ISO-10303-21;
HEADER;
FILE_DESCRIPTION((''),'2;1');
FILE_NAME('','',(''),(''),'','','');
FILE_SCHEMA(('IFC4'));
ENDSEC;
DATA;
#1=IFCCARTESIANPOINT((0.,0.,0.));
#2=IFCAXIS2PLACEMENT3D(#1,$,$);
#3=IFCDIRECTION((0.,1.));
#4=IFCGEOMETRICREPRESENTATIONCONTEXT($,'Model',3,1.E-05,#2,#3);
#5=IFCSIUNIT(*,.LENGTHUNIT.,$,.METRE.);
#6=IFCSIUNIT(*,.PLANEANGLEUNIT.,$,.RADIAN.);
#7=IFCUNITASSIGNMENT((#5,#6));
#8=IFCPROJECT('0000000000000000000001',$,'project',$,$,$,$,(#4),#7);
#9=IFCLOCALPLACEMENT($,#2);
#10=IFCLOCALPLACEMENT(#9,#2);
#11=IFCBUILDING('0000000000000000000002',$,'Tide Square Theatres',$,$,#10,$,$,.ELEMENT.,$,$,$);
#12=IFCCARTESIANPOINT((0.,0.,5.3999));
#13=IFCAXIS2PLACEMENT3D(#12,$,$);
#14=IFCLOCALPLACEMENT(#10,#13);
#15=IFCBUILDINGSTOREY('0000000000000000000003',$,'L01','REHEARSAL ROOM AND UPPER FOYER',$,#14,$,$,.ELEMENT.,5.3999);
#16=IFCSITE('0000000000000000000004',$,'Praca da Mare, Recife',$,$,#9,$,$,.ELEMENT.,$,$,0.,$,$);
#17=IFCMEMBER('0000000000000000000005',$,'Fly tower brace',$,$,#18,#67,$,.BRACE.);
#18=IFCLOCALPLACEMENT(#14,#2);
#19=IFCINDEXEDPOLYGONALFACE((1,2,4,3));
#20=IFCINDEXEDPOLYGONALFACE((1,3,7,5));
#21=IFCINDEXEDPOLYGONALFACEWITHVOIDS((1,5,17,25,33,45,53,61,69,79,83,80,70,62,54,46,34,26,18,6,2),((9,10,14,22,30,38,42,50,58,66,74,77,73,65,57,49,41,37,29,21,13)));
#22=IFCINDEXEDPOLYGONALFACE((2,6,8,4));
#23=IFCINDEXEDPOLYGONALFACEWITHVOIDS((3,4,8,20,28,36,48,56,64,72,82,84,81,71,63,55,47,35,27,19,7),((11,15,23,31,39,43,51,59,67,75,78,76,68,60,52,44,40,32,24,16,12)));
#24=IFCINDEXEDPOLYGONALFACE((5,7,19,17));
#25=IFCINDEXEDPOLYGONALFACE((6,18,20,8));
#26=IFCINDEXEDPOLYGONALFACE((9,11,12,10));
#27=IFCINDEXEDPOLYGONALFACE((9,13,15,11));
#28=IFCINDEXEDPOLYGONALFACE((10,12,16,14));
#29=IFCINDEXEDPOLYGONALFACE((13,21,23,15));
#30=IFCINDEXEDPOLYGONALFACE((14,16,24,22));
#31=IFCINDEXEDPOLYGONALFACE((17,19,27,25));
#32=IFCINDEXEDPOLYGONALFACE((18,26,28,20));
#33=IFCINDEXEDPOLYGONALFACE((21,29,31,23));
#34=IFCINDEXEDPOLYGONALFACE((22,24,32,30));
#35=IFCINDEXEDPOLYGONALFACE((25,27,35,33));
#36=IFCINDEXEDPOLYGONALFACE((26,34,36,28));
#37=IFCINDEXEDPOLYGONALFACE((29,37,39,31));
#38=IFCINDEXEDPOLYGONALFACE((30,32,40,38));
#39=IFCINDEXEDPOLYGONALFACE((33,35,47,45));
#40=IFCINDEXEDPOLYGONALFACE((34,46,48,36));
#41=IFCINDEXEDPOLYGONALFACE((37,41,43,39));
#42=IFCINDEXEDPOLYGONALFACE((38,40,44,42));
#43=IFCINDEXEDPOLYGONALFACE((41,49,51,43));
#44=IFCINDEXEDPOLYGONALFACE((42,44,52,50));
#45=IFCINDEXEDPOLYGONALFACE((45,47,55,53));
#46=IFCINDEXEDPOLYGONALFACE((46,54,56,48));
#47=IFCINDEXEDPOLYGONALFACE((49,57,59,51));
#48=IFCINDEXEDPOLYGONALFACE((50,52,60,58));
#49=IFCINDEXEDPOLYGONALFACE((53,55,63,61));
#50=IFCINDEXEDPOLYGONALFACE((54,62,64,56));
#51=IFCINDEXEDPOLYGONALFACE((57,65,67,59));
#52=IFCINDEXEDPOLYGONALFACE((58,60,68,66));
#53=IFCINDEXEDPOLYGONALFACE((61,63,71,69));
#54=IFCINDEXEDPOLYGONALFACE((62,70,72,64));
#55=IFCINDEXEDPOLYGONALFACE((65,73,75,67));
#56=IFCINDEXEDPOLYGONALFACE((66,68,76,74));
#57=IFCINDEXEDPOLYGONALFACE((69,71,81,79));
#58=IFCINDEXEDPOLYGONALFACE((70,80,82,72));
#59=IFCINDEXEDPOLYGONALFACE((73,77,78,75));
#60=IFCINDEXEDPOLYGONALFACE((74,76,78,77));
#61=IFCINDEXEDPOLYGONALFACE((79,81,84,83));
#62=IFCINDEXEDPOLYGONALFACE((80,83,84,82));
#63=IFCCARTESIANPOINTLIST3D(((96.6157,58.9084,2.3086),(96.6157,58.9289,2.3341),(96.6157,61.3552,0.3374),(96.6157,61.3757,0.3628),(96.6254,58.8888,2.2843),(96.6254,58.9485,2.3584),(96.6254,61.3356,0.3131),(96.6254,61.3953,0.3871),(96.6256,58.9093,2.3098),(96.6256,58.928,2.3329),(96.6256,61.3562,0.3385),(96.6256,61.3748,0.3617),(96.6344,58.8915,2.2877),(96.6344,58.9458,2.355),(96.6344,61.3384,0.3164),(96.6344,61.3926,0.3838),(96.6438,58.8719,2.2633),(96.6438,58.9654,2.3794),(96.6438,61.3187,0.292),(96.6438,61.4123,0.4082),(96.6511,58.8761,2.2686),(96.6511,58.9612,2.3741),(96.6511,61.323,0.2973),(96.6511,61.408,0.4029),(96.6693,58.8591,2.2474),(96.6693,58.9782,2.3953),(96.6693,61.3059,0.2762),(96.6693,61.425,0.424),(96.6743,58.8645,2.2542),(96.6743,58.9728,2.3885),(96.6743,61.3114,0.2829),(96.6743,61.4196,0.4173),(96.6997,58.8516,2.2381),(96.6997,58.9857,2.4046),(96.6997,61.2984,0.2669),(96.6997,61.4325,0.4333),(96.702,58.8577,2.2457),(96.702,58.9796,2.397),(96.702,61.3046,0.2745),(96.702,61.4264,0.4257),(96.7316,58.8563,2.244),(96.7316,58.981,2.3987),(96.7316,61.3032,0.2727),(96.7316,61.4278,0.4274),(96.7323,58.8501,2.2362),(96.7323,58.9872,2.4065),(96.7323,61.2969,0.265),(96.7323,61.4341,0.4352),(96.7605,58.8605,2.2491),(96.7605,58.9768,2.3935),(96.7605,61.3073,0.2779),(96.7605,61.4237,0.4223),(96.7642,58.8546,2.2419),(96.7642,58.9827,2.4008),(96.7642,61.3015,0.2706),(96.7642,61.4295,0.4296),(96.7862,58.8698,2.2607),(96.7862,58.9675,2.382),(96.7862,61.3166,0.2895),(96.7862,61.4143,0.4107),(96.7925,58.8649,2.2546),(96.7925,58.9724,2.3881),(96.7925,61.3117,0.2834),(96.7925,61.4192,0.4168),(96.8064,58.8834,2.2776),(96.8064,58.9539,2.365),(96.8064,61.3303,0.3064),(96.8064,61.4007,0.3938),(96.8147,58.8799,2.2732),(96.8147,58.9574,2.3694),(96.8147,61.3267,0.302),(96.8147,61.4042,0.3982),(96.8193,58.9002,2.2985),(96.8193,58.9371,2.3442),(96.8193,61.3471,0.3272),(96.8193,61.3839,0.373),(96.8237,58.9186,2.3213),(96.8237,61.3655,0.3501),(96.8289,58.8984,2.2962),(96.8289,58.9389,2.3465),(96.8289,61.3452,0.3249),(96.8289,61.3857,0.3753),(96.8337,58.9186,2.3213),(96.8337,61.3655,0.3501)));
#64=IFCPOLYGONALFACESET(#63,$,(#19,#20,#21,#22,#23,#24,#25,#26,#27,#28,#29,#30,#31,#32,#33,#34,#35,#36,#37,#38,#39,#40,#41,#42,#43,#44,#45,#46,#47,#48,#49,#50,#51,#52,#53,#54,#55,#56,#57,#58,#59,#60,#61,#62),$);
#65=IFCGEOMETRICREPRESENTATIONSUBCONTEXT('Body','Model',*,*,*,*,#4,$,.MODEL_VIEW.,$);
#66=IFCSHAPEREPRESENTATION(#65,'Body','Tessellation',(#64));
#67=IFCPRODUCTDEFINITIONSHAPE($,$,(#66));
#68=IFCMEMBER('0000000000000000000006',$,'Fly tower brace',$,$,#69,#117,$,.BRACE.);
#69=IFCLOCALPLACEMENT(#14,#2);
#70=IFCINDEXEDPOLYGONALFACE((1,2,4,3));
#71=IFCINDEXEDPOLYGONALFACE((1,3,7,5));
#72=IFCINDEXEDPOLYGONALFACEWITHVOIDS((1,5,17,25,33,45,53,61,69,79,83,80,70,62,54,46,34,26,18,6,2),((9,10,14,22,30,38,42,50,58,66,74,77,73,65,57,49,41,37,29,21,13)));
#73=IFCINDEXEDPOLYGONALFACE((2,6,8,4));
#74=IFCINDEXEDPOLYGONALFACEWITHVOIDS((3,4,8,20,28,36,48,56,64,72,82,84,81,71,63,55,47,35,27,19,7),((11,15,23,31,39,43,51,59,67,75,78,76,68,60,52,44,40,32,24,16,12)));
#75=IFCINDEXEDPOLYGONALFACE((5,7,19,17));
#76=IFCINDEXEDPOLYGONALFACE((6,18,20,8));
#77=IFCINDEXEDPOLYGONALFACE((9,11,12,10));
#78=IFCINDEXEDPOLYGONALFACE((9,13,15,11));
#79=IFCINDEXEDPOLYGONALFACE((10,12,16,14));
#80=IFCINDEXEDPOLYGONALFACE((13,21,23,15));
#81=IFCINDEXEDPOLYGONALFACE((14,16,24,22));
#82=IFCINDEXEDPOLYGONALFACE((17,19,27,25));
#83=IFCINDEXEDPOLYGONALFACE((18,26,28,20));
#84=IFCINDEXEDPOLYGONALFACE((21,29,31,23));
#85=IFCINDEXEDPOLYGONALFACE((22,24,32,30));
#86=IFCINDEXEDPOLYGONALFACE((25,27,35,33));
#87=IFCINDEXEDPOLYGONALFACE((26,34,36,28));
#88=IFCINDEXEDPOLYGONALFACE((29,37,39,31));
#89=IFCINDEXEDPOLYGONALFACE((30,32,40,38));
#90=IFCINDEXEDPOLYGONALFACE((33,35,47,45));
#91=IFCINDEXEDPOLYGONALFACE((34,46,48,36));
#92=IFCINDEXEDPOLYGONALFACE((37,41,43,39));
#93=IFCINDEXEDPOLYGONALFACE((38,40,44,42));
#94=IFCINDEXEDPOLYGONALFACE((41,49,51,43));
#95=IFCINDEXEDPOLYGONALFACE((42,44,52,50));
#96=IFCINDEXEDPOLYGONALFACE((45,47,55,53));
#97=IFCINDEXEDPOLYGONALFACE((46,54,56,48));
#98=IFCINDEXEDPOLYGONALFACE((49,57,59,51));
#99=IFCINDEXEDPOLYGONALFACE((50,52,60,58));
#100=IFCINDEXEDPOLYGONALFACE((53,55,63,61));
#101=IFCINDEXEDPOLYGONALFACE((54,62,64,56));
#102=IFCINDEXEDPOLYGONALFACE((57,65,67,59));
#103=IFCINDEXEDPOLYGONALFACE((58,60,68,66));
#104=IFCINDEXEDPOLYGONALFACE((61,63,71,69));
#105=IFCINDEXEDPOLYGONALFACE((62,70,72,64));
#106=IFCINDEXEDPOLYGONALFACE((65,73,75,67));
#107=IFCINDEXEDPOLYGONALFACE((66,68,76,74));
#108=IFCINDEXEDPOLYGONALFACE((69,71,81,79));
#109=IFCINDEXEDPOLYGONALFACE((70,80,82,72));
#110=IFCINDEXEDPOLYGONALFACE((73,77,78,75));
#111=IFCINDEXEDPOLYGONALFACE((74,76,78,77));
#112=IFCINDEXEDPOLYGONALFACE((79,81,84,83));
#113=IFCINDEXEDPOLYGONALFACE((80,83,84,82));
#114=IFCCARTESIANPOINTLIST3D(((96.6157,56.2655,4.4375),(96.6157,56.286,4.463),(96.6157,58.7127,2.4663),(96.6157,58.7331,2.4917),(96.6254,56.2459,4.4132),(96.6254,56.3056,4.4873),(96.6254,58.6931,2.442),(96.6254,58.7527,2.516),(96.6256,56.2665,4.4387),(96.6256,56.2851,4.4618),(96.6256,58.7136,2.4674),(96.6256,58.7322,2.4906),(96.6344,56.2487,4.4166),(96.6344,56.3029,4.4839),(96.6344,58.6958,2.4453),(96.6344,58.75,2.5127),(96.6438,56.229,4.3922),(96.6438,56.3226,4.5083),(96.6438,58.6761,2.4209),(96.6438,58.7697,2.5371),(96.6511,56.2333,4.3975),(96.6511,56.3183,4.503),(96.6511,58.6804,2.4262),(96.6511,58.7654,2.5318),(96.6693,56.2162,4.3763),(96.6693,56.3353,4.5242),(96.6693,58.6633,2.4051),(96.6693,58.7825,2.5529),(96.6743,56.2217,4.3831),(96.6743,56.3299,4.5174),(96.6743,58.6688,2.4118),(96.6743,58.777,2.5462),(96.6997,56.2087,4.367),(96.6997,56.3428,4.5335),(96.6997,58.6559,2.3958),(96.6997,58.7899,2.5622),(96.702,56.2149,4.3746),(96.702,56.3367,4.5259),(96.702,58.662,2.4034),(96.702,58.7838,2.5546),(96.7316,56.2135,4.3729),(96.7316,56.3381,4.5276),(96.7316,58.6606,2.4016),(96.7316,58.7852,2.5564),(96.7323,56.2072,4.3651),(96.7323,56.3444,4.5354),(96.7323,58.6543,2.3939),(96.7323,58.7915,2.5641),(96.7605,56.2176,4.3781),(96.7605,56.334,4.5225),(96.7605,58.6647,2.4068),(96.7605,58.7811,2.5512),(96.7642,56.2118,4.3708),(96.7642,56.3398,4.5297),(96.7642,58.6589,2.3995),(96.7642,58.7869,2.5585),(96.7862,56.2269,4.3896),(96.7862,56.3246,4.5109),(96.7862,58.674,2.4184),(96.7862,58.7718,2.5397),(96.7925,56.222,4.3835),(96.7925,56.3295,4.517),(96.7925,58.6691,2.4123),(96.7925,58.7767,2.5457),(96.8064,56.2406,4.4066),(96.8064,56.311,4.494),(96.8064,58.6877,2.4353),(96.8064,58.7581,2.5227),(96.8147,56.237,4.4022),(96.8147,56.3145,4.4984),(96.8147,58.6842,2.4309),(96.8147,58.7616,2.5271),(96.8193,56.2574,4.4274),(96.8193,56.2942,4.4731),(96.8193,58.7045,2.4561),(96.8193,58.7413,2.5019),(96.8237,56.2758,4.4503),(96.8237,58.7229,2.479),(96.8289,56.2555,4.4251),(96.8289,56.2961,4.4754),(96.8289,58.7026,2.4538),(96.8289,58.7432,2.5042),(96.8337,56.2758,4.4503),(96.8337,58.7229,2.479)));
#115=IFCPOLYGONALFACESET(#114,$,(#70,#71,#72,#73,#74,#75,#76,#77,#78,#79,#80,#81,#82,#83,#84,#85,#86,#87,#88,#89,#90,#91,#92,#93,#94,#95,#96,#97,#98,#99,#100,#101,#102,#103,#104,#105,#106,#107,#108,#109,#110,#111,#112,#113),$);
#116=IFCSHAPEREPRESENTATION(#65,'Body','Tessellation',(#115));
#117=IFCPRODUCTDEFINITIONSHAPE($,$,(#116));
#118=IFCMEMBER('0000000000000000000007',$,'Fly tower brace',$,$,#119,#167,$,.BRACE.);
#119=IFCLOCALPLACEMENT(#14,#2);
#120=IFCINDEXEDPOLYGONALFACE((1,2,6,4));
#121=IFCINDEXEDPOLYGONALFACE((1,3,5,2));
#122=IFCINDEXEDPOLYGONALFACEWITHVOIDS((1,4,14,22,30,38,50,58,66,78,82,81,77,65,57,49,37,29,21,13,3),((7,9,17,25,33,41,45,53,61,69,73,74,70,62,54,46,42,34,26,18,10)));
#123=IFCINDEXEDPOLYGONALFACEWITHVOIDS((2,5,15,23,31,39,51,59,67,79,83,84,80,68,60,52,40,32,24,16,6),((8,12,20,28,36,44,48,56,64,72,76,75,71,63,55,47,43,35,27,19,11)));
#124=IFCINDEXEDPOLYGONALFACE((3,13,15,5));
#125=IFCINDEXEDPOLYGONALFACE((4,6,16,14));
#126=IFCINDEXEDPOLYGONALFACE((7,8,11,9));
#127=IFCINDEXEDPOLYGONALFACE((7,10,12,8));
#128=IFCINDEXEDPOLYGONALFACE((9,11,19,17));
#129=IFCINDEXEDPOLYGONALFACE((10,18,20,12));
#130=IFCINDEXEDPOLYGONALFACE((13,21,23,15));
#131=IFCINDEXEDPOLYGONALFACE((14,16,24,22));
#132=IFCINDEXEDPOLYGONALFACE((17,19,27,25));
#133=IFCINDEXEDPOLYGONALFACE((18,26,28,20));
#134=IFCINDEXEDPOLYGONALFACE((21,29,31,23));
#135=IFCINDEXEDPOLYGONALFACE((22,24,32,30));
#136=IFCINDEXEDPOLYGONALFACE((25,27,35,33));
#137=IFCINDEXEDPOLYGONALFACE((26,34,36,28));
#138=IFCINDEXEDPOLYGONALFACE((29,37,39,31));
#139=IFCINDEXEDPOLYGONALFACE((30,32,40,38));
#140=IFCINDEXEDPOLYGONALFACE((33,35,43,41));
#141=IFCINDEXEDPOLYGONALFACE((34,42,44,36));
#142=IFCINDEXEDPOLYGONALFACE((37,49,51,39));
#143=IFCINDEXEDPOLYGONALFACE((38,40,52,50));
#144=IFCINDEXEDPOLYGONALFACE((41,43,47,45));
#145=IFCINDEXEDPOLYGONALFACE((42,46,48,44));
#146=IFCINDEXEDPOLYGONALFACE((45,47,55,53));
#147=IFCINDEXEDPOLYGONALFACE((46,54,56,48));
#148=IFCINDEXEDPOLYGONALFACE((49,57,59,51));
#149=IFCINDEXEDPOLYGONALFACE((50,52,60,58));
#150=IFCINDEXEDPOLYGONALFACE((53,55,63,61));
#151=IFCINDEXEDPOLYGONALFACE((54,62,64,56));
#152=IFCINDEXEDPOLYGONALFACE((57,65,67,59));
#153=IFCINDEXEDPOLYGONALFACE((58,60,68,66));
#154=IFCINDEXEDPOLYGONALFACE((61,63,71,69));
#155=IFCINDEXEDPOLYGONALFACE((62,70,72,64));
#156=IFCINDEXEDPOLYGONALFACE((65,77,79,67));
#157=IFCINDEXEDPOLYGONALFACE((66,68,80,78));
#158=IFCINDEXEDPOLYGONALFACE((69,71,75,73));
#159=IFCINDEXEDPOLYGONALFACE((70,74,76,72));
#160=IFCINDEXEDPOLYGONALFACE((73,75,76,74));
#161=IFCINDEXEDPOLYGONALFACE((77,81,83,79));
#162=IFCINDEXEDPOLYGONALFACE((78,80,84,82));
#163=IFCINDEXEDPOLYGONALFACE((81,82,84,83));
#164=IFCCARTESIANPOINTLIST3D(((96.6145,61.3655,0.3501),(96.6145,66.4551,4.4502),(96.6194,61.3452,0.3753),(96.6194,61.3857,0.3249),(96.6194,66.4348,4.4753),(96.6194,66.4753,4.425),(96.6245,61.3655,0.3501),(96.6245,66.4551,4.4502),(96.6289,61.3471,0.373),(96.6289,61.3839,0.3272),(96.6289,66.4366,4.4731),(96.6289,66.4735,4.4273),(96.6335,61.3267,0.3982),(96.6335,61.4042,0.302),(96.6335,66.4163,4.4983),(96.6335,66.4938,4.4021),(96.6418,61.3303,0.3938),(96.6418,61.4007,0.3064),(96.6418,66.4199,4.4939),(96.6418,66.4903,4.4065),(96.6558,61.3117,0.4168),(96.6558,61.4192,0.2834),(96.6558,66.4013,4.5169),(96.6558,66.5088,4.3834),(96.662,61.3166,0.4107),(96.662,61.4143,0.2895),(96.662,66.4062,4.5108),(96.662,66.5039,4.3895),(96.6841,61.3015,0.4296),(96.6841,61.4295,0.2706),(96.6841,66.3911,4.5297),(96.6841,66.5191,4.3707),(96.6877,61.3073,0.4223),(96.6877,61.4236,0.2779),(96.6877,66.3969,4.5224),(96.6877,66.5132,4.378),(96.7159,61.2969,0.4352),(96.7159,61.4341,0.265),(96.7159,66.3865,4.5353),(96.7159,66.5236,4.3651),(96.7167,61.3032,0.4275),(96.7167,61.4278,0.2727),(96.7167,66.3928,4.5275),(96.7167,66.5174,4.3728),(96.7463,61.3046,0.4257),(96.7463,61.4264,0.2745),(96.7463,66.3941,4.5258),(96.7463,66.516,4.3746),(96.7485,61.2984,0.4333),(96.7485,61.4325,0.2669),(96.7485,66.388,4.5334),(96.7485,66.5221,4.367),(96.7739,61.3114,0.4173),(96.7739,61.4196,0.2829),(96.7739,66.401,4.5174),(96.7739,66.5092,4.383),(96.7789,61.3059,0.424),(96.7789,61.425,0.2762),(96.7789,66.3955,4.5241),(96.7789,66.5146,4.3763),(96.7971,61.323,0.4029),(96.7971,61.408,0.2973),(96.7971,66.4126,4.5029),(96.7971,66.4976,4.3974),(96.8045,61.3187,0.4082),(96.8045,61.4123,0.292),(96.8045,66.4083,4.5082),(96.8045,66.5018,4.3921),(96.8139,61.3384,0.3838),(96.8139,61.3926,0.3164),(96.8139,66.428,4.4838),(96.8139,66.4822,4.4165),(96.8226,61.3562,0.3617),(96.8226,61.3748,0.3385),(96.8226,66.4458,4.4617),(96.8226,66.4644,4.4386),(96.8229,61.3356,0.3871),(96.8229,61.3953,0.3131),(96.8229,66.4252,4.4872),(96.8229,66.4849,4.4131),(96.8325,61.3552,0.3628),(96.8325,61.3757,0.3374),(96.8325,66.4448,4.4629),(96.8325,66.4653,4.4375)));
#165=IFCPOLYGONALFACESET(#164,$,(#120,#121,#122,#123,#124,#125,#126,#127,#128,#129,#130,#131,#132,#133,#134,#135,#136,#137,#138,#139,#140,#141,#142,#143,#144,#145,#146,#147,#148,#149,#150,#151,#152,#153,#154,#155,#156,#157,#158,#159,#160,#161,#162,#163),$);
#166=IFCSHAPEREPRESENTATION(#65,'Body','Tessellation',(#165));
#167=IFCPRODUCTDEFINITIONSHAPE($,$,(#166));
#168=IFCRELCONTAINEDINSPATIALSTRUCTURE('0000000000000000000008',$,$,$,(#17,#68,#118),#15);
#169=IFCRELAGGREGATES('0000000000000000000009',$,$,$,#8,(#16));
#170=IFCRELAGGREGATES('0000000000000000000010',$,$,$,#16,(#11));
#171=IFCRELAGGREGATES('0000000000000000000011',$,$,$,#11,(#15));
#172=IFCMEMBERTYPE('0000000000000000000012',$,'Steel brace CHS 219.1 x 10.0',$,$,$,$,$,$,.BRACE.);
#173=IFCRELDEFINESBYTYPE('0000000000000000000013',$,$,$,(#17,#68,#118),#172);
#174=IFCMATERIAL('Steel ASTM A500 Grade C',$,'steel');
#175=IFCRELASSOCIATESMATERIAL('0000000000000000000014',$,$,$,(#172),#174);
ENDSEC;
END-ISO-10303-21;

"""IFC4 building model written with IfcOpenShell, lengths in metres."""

from ifc_helpers import new_model, si_unit, direction, frame, origin, origin_2d, place, context, subcontext, project, spatial, hollow_circle, extrude, material, material_profile, profile_set, type_object, element, save


model = new_model("IFC4")

# Units and contexts
model_context = context("Model", 3, precision=1e-05, world=origin(), true_north=direction((0.0, 1.0)))
body_context = subcontext(model_context, "Body", "Model", "MODEL_VIEW")
ifc_project = project(units=[si_unit("LENGTHUNIT", "METRE"), si_unit("PLANEANGLEUNIT", "RADIAN")], contexts=[model_context])

# Site, building, storey
site_placement = place(None, origin())
site = spatial("IfcSite", under=ifc_project, at=site_placement, Name="Praca da Mare, Recife", CompositionType="ELEMENT", RefElevation=0.0)
building_placement = place(site_placement, origin())
building = spatial("IfcBuilding", under=site, at=building_placement, Name="Tide Square Theatres", CompositionType="ELEMENT")
storey_placement = place(building_placement, frame((0.0, 0.0, 5.3999)))
storey = spatial("IfcBuildingStorey", under=building, at=storey_placement, Name="L01", Description="REHEARSAL ROOM AND UPPER FOYER", CompositionType="ELEMENT", Elevation=5.3999)

# Members
ifc_material_1 = material(Name="Steel ASTM A500 Grade C", Category="steel")
ifc_material_profile_1 = material_profile(ifc_material_1, hollow_circle(Radius=0.1096, WallThickness=0.01, at=origin_2d()))
ifc_profile_set_1 = profile_set([ifc_material_profile_1], Name="Steel ASTM A500 Grade C")
member_type = type_object("IfcMemberType", Name="Steel brace CHS 219.1 x 10.0", PredefinedType="BRACE", material=ifc_profile_set_1)
member_1_placement = place(storey_placement, frame((96.7241, 61.3655, 0.3501), z_axis=(0.0, -0.778726, 0.627364), x_axis=(1.0, 0.0, 0.0)))
element("IfcMember", 1, at=member_1_placement, inside=storey, type_object=member_type, Name="Fly tower brace", PredefinedType="BRACE", context=body_context, shape_type="SweptSolid", body=[
    extrude(hollow_circle(Radius=0.1096, WallThickness=0.01, at=origin_2d()), origin(), (0.0, 0.0, 1.0), 3.1421),
])
member_2_placement = place(storey_placement, frame((96.7241, 58.7229, 2.479), z_axis=(0.0, -0.778757, 0.627326), x_axis=(1.0, 0.0, 0.0)))
element("IfcMember", 2, at=member_2_placement, inside=storey, type_object=member_type, Name="Fly tower brace", PredefinedType="BRACE", context=body_context, shape_type="SweptSolid", body=[
    extrude(hollow_circle(Radius=0.1096, WallThickness=0.01, at=origin_2d()), origin(), (0.0, 0.0, 1.0), 3.1423),
])
member_3_placement = place(storey_placement, frame((96.7241, 61.3655, 0.3501), z_axis=(0.0, 0.778743, 0.627343), x_axis=(-1.0, 0.0, 0.0)))
element("IfcMember", 3, at=member_3_placement, inside=storey, type_object=member_type, Name="Fly tower brace", PredefinedType="BRACE", context=body_context, shape_type="SweptSolid", body=[
    extrude(hollow_circle(Radius=0.1096, WallThickness=0.01, at=origin_2d()), origin(), (0.0, 0.0, 1.0), 6.5356),
])

save(model, "model.ifc")
